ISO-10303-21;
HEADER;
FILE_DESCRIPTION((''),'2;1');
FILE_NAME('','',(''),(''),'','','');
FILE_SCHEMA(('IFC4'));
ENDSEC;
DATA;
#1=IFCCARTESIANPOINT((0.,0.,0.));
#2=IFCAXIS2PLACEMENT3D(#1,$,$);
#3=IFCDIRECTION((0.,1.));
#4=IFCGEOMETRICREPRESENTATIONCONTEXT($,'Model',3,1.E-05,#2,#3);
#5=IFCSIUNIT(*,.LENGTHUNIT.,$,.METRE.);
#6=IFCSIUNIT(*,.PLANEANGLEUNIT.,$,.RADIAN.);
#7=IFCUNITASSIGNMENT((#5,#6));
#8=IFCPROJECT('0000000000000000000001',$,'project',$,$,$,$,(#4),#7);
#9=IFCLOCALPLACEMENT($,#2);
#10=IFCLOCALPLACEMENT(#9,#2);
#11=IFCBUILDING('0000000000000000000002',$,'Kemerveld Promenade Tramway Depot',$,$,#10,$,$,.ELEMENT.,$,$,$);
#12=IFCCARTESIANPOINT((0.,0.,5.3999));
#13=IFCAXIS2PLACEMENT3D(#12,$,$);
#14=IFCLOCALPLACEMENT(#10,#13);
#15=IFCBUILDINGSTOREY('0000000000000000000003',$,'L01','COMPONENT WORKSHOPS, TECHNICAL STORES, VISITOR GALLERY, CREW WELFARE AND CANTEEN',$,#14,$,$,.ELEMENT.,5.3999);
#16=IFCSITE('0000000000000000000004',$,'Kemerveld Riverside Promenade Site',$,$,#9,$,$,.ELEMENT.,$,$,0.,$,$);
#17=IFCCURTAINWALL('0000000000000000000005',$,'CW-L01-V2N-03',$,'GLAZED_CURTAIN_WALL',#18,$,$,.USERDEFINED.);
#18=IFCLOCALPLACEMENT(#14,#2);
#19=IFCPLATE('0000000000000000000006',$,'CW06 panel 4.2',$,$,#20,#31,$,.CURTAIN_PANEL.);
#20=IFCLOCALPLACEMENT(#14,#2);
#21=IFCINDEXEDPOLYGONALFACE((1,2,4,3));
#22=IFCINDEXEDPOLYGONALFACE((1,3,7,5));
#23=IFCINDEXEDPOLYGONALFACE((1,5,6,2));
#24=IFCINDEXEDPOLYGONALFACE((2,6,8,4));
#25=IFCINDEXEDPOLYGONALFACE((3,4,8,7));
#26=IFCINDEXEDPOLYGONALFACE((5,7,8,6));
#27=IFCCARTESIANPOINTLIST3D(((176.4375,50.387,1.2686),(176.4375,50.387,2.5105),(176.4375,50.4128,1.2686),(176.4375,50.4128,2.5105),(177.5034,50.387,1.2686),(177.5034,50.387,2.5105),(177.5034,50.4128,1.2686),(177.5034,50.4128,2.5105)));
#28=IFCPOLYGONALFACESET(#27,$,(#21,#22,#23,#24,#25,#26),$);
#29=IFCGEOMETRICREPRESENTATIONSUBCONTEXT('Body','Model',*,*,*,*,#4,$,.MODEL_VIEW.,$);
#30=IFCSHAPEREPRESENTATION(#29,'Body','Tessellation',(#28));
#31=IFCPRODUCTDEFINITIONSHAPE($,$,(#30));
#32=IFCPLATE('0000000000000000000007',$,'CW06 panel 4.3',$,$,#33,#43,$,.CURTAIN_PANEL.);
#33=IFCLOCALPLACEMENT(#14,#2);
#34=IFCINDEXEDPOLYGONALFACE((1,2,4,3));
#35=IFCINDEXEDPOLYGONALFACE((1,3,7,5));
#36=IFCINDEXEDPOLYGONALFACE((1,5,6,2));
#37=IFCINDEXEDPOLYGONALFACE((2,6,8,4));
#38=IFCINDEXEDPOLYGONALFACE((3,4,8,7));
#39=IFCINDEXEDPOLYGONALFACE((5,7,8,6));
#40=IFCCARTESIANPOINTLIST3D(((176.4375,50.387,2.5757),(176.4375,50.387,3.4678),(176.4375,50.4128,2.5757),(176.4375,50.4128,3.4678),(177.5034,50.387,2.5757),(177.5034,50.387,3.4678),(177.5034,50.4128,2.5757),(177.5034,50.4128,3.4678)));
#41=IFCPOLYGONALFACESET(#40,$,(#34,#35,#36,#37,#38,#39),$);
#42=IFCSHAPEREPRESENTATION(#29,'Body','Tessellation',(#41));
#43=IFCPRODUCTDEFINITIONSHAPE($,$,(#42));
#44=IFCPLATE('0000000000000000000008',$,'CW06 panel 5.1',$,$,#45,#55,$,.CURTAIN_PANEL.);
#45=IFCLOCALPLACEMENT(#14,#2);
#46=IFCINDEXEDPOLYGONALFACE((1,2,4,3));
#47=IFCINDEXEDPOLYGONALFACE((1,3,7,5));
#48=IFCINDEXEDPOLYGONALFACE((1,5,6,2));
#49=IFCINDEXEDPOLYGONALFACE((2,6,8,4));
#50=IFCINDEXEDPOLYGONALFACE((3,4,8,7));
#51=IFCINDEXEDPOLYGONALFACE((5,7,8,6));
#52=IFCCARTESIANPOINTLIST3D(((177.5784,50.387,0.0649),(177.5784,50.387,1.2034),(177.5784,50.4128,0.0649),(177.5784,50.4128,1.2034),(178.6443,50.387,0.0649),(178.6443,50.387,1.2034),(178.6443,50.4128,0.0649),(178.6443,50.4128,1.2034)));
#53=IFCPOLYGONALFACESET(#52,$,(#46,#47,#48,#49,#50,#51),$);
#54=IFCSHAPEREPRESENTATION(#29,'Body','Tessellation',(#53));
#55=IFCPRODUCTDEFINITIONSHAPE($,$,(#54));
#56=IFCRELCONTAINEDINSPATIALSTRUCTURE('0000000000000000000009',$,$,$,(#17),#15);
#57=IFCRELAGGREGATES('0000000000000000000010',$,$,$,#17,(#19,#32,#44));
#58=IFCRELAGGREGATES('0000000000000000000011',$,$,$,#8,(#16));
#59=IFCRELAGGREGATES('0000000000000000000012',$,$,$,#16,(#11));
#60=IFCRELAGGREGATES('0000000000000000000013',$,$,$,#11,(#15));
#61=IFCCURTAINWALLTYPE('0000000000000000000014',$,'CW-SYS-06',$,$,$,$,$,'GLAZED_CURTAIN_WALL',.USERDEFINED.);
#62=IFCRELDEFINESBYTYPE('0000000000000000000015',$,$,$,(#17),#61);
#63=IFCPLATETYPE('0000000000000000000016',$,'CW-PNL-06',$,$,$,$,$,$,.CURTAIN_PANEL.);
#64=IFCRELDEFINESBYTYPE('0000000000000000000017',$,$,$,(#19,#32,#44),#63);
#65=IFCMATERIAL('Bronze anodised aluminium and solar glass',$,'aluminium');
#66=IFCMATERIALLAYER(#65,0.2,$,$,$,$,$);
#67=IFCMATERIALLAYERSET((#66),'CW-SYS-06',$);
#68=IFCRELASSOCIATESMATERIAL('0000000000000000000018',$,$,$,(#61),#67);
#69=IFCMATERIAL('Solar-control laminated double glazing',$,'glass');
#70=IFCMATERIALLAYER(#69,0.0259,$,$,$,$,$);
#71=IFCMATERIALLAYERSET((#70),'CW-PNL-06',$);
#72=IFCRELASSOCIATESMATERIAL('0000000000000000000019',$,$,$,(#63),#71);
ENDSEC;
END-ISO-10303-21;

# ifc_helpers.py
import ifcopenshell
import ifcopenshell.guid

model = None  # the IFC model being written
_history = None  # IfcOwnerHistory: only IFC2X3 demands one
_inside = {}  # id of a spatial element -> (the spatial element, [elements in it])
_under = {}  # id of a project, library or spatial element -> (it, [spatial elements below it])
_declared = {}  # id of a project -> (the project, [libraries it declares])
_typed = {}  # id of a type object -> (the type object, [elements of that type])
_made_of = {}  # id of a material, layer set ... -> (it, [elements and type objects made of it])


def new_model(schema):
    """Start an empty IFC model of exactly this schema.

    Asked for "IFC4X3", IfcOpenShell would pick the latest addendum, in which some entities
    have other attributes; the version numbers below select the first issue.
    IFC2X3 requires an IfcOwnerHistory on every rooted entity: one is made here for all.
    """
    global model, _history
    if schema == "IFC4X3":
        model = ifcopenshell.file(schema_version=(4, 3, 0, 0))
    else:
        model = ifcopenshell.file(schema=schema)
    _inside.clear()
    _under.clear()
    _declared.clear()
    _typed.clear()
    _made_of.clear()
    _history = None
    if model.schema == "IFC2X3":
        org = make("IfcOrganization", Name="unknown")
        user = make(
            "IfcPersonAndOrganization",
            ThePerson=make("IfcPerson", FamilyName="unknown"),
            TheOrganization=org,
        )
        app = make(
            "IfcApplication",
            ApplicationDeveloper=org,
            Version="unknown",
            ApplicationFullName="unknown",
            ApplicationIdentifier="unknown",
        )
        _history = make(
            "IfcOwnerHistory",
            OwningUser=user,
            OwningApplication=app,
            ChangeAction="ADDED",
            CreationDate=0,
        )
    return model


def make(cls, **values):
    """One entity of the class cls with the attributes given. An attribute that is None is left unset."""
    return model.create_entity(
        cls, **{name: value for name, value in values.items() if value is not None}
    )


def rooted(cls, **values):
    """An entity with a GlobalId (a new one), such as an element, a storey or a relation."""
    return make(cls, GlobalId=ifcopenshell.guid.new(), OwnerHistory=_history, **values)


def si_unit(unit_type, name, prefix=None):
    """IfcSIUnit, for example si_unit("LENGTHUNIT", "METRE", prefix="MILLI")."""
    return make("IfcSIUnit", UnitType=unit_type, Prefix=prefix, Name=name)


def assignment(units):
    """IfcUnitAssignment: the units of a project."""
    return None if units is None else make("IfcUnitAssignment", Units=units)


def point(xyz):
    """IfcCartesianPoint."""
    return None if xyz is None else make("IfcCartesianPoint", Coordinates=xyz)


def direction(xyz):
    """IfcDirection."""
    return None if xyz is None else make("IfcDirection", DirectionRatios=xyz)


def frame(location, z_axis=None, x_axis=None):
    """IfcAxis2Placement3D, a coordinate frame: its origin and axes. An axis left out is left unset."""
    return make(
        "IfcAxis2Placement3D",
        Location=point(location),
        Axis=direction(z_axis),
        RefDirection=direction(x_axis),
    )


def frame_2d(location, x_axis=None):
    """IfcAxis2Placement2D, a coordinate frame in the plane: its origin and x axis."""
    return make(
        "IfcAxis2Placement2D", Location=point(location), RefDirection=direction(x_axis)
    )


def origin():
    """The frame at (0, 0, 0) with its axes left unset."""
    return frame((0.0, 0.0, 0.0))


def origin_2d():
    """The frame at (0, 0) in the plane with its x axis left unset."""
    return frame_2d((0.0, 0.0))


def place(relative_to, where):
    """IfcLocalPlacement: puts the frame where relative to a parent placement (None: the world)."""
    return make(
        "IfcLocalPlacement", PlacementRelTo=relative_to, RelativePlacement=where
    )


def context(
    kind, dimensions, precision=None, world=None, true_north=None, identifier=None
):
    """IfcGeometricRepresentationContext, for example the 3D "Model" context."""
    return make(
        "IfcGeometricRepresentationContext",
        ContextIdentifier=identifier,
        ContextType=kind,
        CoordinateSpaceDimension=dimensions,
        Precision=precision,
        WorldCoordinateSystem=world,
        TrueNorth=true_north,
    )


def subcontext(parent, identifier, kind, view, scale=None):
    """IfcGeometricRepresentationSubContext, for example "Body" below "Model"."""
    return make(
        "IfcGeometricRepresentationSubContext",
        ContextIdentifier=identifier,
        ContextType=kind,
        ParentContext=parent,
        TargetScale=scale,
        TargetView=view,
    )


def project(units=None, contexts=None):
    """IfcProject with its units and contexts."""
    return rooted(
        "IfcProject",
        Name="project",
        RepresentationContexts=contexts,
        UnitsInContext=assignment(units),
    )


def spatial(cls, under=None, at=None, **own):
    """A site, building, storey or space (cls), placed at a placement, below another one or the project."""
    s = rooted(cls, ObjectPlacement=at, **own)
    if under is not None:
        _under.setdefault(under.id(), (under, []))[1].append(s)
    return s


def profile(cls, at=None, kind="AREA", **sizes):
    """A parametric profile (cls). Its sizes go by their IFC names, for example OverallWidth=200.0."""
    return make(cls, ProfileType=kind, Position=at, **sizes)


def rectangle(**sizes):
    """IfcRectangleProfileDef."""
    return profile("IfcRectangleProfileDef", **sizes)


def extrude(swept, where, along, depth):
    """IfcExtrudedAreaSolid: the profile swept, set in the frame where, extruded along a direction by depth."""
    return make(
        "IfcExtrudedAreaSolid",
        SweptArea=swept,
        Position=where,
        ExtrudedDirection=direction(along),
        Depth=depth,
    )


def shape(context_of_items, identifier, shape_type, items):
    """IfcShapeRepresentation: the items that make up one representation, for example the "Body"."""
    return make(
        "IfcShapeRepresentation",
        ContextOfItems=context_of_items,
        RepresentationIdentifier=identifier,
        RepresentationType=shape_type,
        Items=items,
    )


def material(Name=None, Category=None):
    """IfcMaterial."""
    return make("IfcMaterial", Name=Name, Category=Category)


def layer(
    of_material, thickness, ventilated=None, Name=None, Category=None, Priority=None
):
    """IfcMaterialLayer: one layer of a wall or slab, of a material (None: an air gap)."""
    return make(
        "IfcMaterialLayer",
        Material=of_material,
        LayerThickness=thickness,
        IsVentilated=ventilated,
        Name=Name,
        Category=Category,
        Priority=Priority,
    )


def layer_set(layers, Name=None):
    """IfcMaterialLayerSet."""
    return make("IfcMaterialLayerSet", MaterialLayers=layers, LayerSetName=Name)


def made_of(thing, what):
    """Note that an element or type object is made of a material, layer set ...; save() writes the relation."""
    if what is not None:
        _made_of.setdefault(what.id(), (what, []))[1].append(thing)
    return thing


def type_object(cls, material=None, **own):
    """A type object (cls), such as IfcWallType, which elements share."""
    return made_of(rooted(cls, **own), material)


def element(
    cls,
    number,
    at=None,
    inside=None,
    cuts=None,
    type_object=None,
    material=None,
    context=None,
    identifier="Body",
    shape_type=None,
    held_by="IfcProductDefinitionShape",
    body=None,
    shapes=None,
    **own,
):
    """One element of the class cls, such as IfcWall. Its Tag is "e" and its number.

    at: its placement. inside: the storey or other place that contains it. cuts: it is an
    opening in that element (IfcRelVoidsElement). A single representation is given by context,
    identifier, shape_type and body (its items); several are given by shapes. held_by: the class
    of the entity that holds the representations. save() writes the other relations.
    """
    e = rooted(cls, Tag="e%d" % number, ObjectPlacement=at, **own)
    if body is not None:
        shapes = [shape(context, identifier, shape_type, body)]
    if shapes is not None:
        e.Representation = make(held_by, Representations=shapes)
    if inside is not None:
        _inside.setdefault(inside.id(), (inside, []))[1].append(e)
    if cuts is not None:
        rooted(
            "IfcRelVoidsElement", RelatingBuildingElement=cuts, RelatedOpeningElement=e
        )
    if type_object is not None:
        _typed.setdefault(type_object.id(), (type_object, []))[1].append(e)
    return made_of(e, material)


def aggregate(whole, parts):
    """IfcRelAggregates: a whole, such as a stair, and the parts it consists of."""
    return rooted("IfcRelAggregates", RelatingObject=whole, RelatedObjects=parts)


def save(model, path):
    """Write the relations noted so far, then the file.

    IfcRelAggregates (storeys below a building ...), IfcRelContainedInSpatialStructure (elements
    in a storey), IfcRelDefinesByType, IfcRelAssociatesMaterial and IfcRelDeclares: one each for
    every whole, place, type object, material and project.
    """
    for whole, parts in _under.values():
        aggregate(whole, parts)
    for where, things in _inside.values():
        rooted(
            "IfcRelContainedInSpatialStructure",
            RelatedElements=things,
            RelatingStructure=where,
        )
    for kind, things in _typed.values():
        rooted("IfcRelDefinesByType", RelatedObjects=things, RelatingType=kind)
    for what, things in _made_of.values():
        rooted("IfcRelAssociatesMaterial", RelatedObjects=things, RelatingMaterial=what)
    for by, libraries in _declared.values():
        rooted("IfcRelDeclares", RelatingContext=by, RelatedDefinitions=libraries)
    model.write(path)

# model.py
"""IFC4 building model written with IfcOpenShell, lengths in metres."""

from ifc_helpers import new_model, si_unit, direction, frame, origin, origin_2d, place, context, subcontext, project, spatial, rectangle, extrude, material, layer, layer_set, type_object, element, aggregate, save


model = new_model("IFC4")

# Units and contexts
model_context = context("Model", 3, precision=1e-05, world=origin(), true_north=direction((0.0, 1.0)))
body_context = subcontext(model_context, "Body", "Model", "MODEL_VIEW")
ifc_project = project(units=[si_unit("LENGTHUNIT", "METRE"), si_unit("PLANEANGLEUNIT", "RADIAN")], contexts=[model_context])

# Site, building, storey
site_placement = place(None, origin())
site = spatial("IfcSite", under=ifc_project, at=site_placement, Name="Kemerveld Riverside Promenade Site", CompositionType="ELEMENT", RefElevation=0.0)
building_placement = place(site_placement, origin())
building = spatial("IfcBuilding", under=site, at=building_placement, Name="Kemerveld Promenade Tramway Depot", CompositionType="ELEMENT")
storey_placement = place(building_placement, frame((0.0, 0.0, 5.3999)))
storey = spatial("IfcBuildingStorey", under=building, at=storey_placement, Name="L01", Description="COMPONENT WORKSHOPS, TECHNICAL STORES, VISITOR GALLERY, CREW WELFARE AND CANTEEN", CompositionType="ELEMENT", Elevation=5.3999)

# Curtain wall, plates
ifc_material_1 = material(Name="Bronze anodised aluminium and solar glass", Category="aluminium")
ifc_layer_1 = layer(ifc_material_1, 0.2)
ifc_layer_set_1 = layer_set([ifc_layer_1], Name="CW-SYS-06")
curtain_wall_type = type_object("IfcCurtainWallType", Name="CW-SYS-06", ElementType="GLAZED_CURTAIN_WALL", PredefinedType="USERDEFINED", material=ifc_layer_set_1)
curtain_wall_placement = place(storey_placement, origin())
curtain_wall = element("IfcCurtainWall", 1, at=curtain_wall_placement, inside=storey, type_object=curtain_wall_type, Name="CW-L01-V2N-03", ObjectType="GLAZED_CURTAIN_WALL", PredefinedType="USERDEFINED")
ifc_material_2 = material(Name="Solar-control laminated double glazing", Category="glass")
ifc_layer_2 = layer(ifc_material_2, 0.0259)
ifc_layer_set_2 = layer_set([ifc_layer_2], Name="CW-PNL-06")
plate_type = type_object("IfcPlateType", Name="CW-PNL-06", PredefinedType="CURTAIN_PANEL", material=ifc_layer_set_2)
plate_1_placement = place(storey_placement, frame((176.9705, 50.3999, 1.2686), z_axis=(0.0, 0.0, 1.0), x_axis=(1.0, 0.0, 0.0)))
plate_1 = element("IfcPlate", 2, at=plate_1_placement, type_object=plate_type, Name="CW06 panel 4.2", PredefinedType="CURTAIN_PANEL", context=body_context, shape_type="SweptSolid", body=[
    extrude(rectangle(XDim=1.0659, YDim=0.0259, at=origin_2d()), origin(), (0.0, 0.0, 1.0), 1.2419),
])
plate_2_placement = place(storey_placement, frame((176.9705, 50.3999, 2.5757), z_axis=(0.0, 0.0, 1.0), x_axis=(1.0, 0.0, 0.0)))
plate_2 = element("IfcPlate", 3, at=plate_2_placement, type_object=plate_type, Name="CW06 panel 4.3", PredefinedType="CURTAIN_PANEL", context=body_context, shape_type="SweptSolid", body=[
    extrude(rectangle(XDim=1.0659, YDim=0.0259, at=origin_2d()), origin(), (0.0, 0.0, 1.0), 0.8921),
])
plate_3_placement = place(storey_placement, frame((178.1113, 50.3999, 0.0649), z_axis=(0.0, 0.0, 1.0), x_axis=(1.0, 0.0, 0.0)))
plate_3 = element("IfcPlate", 4, at=plate_3_placement, type_object=plate_type, Name="CW06 panel 5.1", PredefinedType="CURTAIN_PANEL", context=body_context, shape_type="SweptSolid", body=[
    extrude(rectangle(XDim=1.0659, YDim=0.0259, at=origin_2d()), origin(), (0.0, 0.0, 1.0), 1.1384),
])
aggregate(curtain_wall, [plate_1, plate_2, plate_3])

save(model, "model.ifc")
